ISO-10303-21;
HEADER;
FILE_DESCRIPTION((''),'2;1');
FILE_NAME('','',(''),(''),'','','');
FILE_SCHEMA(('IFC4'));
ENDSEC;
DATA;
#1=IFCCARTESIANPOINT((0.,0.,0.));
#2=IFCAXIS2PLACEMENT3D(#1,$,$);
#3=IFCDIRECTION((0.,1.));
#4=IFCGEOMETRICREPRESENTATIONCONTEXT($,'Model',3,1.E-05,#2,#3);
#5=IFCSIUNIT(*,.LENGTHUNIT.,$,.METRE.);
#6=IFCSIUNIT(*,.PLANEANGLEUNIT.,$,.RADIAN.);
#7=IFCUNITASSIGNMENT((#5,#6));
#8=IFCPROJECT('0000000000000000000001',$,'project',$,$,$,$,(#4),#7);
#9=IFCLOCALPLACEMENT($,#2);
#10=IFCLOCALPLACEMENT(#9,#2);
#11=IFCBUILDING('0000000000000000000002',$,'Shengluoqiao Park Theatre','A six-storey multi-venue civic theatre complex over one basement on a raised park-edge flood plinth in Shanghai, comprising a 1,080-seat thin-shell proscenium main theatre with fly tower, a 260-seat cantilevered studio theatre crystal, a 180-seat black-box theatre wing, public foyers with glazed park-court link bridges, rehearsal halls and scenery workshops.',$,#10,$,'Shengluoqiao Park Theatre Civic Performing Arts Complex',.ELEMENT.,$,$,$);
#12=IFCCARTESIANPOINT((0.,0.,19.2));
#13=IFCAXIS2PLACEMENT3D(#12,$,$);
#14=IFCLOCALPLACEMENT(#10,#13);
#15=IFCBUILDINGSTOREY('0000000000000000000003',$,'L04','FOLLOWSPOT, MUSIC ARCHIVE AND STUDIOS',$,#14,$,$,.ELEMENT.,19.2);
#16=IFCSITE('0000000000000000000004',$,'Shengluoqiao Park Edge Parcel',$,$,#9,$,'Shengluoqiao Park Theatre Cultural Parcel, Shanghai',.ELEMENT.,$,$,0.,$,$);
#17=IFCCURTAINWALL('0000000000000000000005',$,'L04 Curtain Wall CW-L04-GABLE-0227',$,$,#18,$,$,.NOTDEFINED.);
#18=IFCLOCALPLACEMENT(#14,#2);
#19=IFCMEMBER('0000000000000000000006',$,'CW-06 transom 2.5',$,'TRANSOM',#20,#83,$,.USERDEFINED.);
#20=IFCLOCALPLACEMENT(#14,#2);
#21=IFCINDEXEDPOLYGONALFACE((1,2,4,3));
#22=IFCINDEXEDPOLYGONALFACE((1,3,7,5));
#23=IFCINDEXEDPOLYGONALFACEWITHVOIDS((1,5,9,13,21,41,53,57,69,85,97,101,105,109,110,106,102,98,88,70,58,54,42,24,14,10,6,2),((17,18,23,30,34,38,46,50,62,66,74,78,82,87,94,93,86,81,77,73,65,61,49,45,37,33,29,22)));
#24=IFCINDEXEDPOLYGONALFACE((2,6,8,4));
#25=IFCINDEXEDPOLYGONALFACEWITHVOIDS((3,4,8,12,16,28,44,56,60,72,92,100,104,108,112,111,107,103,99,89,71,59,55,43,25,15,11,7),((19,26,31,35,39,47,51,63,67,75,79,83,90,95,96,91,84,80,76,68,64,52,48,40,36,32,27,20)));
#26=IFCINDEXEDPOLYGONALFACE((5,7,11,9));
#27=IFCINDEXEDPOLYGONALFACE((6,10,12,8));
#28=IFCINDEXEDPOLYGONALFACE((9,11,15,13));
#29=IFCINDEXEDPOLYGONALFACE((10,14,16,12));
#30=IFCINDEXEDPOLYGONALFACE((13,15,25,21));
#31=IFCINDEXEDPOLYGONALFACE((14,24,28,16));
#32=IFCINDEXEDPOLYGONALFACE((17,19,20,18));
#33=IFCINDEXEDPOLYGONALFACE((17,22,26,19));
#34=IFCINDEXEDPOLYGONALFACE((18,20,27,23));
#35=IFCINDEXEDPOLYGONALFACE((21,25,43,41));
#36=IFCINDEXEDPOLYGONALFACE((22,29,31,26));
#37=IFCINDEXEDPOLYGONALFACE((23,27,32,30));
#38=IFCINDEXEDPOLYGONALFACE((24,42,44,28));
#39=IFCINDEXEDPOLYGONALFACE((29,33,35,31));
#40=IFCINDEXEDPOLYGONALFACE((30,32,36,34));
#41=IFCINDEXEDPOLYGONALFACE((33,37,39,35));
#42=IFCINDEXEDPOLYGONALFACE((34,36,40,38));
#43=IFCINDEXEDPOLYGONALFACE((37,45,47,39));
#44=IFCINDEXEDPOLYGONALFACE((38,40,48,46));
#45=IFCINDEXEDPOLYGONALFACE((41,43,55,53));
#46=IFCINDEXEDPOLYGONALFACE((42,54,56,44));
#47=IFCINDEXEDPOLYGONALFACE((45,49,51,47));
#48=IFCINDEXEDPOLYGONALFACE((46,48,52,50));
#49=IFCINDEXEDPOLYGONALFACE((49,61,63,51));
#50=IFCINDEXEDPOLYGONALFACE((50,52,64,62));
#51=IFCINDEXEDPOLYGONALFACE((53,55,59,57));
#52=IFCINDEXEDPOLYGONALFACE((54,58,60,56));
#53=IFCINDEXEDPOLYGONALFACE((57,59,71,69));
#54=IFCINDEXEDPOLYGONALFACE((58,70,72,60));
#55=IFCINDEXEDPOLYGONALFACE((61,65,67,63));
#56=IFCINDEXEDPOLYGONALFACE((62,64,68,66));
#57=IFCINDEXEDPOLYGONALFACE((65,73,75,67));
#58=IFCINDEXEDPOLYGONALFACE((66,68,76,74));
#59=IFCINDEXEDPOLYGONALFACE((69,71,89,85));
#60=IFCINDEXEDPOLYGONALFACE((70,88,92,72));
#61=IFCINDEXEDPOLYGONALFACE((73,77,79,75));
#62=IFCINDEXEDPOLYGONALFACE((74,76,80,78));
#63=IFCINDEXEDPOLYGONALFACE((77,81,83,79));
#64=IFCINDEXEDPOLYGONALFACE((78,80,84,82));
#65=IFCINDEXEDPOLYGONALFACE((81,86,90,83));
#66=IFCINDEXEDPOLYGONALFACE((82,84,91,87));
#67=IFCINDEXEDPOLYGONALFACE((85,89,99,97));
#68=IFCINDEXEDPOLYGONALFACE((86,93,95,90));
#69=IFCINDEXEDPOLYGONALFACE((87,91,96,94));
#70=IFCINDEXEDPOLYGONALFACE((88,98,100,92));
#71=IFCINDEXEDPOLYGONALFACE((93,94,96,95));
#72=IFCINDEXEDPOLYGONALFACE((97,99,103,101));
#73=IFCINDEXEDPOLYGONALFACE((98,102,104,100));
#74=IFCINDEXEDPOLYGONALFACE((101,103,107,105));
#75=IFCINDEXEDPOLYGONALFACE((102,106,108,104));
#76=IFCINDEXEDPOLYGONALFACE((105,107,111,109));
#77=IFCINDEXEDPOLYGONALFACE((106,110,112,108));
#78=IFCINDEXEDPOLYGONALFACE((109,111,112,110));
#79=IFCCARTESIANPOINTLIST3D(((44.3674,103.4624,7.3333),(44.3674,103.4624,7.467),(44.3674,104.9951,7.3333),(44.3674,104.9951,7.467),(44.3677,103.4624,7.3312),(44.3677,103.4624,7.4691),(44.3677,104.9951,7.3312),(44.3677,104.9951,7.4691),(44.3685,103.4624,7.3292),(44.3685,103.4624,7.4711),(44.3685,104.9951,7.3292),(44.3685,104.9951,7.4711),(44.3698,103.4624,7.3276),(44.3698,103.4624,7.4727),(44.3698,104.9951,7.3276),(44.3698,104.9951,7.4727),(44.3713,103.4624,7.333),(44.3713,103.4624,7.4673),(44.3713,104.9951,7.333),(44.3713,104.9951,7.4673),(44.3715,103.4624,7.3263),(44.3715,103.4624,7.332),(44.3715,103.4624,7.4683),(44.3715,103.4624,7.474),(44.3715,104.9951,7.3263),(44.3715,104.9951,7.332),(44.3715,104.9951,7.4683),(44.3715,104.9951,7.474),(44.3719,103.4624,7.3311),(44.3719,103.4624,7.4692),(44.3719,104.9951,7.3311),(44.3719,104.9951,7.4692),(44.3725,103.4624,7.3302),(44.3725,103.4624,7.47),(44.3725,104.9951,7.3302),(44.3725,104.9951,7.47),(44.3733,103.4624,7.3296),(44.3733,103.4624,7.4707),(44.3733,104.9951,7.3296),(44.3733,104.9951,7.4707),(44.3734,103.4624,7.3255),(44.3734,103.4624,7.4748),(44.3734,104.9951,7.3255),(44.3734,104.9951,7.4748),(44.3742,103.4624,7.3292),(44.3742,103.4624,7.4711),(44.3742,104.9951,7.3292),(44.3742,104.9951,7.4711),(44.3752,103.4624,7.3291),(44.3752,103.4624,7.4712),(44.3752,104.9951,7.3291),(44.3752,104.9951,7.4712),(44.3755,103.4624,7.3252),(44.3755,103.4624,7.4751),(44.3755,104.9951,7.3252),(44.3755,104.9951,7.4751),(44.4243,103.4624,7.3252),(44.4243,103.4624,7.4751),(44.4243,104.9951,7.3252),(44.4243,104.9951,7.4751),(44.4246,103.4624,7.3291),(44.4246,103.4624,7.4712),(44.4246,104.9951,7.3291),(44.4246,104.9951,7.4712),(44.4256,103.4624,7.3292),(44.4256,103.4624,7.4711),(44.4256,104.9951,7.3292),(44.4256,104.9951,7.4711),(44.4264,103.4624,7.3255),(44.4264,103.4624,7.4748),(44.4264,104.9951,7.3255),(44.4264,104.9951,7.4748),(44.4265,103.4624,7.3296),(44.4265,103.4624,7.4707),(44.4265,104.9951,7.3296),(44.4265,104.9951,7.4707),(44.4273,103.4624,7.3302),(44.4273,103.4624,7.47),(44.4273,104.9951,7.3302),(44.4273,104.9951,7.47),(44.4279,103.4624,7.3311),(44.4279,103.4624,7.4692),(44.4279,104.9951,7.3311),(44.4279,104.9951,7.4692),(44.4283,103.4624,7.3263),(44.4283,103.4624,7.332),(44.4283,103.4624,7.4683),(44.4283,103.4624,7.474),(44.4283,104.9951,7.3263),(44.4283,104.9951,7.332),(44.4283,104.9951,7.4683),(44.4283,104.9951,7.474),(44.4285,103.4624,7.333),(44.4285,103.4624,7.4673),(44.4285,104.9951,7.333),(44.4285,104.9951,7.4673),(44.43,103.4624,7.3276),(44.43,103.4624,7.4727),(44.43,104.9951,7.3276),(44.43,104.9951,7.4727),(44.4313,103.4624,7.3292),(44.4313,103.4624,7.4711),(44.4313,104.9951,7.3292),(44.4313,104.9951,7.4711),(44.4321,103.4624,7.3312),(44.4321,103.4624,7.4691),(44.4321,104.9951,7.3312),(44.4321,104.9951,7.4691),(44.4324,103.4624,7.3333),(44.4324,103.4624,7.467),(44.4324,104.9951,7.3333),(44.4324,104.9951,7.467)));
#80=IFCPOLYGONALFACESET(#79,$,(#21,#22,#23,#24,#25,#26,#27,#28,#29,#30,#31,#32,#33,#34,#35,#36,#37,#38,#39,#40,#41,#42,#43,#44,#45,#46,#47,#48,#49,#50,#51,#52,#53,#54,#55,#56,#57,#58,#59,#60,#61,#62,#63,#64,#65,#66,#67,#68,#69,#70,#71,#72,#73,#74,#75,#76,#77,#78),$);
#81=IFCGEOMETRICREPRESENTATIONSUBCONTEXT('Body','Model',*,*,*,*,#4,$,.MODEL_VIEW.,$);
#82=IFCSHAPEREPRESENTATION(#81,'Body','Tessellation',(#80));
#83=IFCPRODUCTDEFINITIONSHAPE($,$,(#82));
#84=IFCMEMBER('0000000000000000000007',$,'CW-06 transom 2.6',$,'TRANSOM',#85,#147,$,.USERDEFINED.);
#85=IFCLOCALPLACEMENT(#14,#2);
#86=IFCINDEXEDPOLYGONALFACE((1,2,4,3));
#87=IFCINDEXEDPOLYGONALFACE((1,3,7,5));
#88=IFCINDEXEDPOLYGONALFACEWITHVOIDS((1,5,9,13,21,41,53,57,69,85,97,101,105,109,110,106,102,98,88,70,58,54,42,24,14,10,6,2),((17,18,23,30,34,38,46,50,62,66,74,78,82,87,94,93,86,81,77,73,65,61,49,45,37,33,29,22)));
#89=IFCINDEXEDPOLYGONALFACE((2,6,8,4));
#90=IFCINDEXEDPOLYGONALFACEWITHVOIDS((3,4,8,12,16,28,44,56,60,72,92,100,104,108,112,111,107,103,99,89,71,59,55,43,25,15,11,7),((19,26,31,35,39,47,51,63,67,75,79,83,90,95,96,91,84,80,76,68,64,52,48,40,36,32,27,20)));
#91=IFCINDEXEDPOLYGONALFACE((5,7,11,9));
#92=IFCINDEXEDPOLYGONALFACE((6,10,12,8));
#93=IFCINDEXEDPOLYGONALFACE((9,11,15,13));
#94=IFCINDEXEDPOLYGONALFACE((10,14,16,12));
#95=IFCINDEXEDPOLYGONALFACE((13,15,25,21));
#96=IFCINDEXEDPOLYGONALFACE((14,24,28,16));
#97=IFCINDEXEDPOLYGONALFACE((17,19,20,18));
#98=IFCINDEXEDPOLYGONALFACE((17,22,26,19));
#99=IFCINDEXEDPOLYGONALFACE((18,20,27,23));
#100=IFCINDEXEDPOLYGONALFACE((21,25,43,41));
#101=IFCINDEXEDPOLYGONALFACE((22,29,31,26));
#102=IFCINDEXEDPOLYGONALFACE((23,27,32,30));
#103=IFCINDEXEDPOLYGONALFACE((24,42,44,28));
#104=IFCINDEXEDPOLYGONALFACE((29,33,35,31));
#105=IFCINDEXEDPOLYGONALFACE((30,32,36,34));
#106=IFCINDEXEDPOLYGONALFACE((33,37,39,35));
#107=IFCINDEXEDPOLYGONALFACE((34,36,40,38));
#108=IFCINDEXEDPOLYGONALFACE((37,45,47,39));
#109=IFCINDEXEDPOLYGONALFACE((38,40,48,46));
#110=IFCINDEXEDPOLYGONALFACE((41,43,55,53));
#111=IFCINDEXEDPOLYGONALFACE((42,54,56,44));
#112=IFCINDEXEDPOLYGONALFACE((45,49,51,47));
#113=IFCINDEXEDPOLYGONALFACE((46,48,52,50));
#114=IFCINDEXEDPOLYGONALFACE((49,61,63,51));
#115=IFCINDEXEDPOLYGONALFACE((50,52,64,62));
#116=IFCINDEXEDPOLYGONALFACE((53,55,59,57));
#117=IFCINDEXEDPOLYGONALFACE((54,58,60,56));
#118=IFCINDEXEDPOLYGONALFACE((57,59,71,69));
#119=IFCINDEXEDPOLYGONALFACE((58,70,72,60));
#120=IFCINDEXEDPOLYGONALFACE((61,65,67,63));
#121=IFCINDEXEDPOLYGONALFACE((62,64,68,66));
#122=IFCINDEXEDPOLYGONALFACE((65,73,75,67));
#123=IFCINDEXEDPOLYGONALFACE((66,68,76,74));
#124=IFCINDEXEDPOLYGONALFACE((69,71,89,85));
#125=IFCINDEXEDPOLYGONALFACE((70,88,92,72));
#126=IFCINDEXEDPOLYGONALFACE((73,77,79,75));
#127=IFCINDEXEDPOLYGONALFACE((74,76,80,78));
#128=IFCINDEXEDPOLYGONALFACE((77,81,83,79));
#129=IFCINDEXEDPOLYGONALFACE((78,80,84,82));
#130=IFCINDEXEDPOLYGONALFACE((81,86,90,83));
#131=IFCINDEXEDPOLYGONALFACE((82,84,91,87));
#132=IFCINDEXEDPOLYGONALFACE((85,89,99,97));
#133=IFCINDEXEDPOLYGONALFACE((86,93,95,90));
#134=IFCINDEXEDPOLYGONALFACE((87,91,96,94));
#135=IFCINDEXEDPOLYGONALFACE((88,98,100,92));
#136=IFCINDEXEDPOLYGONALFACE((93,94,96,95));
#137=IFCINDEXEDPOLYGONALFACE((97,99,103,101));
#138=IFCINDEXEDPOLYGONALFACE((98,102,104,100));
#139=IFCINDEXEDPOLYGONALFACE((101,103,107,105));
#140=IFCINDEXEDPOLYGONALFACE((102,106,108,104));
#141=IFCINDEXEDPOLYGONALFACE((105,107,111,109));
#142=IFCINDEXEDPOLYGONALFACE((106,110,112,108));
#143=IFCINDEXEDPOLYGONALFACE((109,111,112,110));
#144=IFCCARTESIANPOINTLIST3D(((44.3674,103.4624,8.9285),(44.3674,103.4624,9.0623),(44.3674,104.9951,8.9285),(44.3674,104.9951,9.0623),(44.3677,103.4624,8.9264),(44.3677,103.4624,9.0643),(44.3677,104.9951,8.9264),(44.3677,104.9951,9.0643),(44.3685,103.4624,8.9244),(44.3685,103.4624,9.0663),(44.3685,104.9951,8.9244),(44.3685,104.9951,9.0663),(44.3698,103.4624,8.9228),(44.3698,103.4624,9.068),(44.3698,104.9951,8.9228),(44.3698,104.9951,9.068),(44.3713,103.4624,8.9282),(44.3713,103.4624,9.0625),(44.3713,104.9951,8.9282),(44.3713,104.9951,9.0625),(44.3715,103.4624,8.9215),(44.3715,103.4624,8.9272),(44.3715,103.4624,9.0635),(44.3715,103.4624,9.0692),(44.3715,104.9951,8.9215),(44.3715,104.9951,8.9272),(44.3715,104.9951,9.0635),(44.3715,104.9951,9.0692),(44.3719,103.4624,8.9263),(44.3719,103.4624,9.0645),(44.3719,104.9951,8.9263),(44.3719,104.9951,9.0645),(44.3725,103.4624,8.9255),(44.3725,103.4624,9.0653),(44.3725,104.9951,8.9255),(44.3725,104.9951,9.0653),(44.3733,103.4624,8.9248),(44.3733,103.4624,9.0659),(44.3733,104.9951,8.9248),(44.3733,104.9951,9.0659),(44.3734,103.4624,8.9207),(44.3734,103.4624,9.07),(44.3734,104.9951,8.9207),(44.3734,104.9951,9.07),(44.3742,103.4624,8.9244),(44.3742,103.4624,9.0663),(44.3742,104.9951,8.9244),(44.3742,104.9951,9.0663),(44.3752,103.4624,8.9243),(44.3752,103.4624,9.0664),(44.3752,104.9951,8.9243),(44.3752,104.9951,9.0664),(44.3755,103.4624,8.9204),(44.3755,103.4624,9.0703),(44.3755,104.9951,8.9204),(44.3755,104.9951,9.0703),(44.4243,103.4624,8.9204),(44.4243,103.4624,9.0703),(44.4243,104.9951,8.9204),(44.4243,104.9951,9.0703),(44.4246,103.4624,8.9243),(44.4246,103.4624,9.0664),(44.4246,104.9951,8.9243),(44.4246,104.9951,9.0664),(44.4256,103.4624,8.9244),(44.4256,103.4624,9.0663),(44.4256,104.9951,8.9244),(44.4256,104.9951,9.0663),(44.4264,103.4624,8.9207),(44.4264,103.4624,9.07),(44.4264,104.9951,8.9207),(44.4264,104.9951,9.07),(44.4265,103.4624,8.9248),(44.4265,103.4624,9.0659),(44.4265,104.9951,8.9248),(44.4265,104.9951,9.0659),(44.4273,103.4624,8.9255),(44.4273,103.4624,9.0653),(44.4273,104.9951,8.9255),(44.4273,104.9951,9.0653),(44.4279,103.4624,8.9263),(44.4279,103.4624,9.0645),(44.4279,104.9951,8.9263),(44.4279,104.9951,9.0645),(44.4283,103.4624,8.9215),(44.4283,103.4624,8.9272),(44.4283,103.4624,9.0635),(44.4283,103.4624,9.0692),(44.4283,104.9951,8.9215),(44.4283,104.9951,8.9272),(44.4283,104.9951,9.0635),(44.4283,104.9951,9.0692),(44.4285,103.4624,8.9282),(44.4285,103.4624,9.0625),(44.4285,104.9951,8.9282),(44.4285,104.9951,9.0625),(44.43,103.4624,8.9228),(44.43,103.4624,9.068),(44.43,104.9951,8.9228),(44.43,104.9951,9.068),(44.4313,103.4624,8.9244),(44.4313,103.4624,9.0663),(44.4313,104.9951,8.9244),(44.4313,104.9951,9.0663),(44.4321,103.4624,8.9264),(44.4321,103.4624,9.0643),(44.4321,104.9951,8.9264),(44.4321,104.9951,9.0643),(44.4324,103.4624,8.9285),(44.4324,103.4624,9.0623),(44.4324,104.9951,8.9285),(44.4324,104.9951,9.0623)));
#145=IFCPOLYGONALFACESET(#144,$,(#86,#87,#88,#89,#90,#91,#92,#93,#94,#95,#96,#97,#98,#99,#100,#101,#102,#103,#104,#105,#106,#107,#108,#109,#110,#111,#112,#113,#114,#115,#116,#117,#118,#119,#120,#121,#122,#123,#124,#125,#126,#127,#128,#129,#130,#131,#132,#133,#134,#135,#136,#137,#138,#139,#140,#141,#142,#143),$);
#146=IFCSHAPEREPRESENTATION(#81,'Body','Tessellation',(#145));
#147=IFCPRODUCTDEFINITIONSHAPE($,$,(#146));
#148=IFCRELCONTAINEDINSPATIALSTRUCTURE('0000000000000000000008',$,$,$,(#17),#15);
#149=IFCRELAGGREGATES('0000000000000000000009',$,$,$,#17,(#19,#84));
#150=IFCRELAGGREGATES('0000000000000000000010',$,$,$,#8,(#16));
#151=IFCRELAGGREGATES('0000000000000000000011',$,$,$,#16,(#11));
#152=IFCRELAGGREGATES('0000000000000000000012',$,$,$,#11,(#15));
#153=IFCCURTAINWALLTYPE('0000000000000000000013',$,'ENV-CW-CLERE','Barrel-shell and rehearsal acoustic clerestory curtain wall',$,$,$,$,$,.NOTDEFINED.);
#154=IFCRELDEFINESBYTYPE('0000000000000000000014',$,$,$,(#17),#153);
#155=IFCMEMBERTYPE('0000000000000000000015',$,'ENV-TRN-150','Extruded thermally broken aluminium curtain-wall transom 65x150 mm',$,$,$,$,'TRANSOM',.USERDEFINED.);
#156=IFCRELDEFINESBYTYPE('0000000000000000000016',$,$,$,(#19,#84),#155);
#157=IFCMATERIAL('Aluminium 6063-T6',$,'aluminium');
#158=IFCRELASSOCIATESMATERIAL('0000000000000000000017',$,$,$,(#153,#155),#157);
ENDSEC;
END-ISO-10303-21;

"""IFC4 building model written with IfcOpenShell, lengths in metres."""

from ifc_helpers import new_model, si_unit, direction, frame, origin, origin_2d, place, context, subcontext, project, spatial, hollow_rectangle, extrude, material, material_profile, profile_set, type_object, element, aggregate, save


model = new_model("IFC4")

# Units and contexts
model_context = context("Model", 3, precision=1e-05, world=origin(), true_north=direction((0.0, 1.0)))
body_context = subcontext(model_context, "Body", "Model", "MODEL_VIEW")
ifc_project = project(units=[si_unit("LENGTHUNIT", "METRE"), si_unit("PLANEANGLEUNIT", "RADIAN")], contexts=[model_context])

# Site, building, storey
site_placement = place(None, origin())
site = spatial("IfcSite", under=ifc_project, at=site_placement, Name="Shengluoqiao Park Edge Parcel", LongName="Shengluoqiao Park Theatre Cultural Parcel, Shanghai", CompositionType="ELEMENT", RefElevation=0.0)
building_placement = place(site_placement, origin())
building = spatial("IfcBuilding", under=site, at=building_placement, Name="Shengluoqiao Park Theatre", Description="A six-storey multi-venue civic theatre complex over one basement on a raised park-edge flood plinth in Shanghai, comprising a 1,080-seat thin-shell proscenium main theatre with fly tower, a 260-seat cantilevered studio theatre crystal, a 180-seat black-box theatre wing, public foyers with glazed park-court link bridges, rehearsal halls and scenery workshops.", LongName="Shengluoqiao Park Theatre Civic Performing Arts Complex", CompositionType="ELEMENT")
storey_placement = place(building_placement, frame((0.0, 0.0, 19.2)))
storey = spatial("IfcBuildingStorey", under=building, at=storey_placement, Name="L04", Description="FOLLOWSPOT, MUSIC ARCHIVE AND STUDIOS", CompositionType="ELEMENT", Elevation=19.2)

# Curtain wall, members
ifc_material_1 = material(Name="Aluminium 6063-T6", Category="aluminium")
curtain_wall_type = type_object("IfcCurtainWallType", Name="ENV-CW-CLERE", Description="Barrel-shell and rehearsal acoustic clerestory curtain wall", PredefinedType="NOTDEFINED", material=ifc_material_1)
curtain_wall_1_placement = place(storey_placement, origin())
curtain_wall_1 = element("IfcCurtainWall", 1, at=curtain_wall_1_placement, inside=storey, type_object=curtain_wall_type, Name="L04 Curtain Wall CW-L04-GABLE-0227", PredefinedType="NOTDEFINED")
ifc_material_profile = material_profile(ifc_material_1, hollow_rectangle(XDim=0.0649, YDim=0.1499, WallThickness=0.0039, InnerFilletRadius=0.0039, OuterFilletRadius=0.0081, at=origin_2d()), Name="ALU TRANSOM 150x65x4")
ifc_profile_set = profile_set([ifc_material_profile], Name="Aluminium 6063-T6")
member_type = type_object("IfcMemberType", Name="ENV-TRN-150", Description="Extruded thermally broken aluminium curtain-wall transom 65x150 mm", ElementType="TRANSOM", PredefinedType="USERDEFINED", material=ifc_profile_set)
member_1_placement = place(storey_placement, frame((44.3999, 103.4624, 7.4001), z_axis=(0.0, 1.0, 0.0), x_axis=(-1.0, 0.0, 0.0)))
member_1 = element("IfcMember", 2, at=member_1_placement, type_object=member_type, Name="CW-06 transom 2.5", ObjectType="TRANSOM", PredefinedType="USERDEFINED", context=body_context, shape_type="SweptSolid", body=[
    extrude(hollow_rectangle(XDim=0.0649, YDim=0.1499, WallThickness=0.0039, InnerFilletRadius=0.0039, OuterFilletRadius=0.0081, at=origin_2d()), origin(), (0.0, 0.0, 1.0), 1.5327),
])
member_2_placement = place(storey_placement, frame((44.3999, 103.4624, 8.9954), z_axis=(0.0, 1.0, 0.0), x_axis=(-1.0, 0.0, 0.0)))
member_2 = element("IfcMember", 3, at=member_2_placement, type_object=member_type, Name="CW-06 transom 2.6", ObjectType="TRANSOM", PredefinedType="USERDEFINED", context=body_context, shape_type="SweptSolid", body=[
    extrude(hollow_rectangle(XDim=0.0649, YDim=0.1499, WallThickness=0.0039, InnerFilletRadius=0.0039, OuterFilletRadius=0.0081, at=origin_2d()), origin(), (0.0, 0.0, 1.0), 1.5327),
])

aggregate(curtain_wall_1, [member_1, member_2])

save(model, "model.ifc")
